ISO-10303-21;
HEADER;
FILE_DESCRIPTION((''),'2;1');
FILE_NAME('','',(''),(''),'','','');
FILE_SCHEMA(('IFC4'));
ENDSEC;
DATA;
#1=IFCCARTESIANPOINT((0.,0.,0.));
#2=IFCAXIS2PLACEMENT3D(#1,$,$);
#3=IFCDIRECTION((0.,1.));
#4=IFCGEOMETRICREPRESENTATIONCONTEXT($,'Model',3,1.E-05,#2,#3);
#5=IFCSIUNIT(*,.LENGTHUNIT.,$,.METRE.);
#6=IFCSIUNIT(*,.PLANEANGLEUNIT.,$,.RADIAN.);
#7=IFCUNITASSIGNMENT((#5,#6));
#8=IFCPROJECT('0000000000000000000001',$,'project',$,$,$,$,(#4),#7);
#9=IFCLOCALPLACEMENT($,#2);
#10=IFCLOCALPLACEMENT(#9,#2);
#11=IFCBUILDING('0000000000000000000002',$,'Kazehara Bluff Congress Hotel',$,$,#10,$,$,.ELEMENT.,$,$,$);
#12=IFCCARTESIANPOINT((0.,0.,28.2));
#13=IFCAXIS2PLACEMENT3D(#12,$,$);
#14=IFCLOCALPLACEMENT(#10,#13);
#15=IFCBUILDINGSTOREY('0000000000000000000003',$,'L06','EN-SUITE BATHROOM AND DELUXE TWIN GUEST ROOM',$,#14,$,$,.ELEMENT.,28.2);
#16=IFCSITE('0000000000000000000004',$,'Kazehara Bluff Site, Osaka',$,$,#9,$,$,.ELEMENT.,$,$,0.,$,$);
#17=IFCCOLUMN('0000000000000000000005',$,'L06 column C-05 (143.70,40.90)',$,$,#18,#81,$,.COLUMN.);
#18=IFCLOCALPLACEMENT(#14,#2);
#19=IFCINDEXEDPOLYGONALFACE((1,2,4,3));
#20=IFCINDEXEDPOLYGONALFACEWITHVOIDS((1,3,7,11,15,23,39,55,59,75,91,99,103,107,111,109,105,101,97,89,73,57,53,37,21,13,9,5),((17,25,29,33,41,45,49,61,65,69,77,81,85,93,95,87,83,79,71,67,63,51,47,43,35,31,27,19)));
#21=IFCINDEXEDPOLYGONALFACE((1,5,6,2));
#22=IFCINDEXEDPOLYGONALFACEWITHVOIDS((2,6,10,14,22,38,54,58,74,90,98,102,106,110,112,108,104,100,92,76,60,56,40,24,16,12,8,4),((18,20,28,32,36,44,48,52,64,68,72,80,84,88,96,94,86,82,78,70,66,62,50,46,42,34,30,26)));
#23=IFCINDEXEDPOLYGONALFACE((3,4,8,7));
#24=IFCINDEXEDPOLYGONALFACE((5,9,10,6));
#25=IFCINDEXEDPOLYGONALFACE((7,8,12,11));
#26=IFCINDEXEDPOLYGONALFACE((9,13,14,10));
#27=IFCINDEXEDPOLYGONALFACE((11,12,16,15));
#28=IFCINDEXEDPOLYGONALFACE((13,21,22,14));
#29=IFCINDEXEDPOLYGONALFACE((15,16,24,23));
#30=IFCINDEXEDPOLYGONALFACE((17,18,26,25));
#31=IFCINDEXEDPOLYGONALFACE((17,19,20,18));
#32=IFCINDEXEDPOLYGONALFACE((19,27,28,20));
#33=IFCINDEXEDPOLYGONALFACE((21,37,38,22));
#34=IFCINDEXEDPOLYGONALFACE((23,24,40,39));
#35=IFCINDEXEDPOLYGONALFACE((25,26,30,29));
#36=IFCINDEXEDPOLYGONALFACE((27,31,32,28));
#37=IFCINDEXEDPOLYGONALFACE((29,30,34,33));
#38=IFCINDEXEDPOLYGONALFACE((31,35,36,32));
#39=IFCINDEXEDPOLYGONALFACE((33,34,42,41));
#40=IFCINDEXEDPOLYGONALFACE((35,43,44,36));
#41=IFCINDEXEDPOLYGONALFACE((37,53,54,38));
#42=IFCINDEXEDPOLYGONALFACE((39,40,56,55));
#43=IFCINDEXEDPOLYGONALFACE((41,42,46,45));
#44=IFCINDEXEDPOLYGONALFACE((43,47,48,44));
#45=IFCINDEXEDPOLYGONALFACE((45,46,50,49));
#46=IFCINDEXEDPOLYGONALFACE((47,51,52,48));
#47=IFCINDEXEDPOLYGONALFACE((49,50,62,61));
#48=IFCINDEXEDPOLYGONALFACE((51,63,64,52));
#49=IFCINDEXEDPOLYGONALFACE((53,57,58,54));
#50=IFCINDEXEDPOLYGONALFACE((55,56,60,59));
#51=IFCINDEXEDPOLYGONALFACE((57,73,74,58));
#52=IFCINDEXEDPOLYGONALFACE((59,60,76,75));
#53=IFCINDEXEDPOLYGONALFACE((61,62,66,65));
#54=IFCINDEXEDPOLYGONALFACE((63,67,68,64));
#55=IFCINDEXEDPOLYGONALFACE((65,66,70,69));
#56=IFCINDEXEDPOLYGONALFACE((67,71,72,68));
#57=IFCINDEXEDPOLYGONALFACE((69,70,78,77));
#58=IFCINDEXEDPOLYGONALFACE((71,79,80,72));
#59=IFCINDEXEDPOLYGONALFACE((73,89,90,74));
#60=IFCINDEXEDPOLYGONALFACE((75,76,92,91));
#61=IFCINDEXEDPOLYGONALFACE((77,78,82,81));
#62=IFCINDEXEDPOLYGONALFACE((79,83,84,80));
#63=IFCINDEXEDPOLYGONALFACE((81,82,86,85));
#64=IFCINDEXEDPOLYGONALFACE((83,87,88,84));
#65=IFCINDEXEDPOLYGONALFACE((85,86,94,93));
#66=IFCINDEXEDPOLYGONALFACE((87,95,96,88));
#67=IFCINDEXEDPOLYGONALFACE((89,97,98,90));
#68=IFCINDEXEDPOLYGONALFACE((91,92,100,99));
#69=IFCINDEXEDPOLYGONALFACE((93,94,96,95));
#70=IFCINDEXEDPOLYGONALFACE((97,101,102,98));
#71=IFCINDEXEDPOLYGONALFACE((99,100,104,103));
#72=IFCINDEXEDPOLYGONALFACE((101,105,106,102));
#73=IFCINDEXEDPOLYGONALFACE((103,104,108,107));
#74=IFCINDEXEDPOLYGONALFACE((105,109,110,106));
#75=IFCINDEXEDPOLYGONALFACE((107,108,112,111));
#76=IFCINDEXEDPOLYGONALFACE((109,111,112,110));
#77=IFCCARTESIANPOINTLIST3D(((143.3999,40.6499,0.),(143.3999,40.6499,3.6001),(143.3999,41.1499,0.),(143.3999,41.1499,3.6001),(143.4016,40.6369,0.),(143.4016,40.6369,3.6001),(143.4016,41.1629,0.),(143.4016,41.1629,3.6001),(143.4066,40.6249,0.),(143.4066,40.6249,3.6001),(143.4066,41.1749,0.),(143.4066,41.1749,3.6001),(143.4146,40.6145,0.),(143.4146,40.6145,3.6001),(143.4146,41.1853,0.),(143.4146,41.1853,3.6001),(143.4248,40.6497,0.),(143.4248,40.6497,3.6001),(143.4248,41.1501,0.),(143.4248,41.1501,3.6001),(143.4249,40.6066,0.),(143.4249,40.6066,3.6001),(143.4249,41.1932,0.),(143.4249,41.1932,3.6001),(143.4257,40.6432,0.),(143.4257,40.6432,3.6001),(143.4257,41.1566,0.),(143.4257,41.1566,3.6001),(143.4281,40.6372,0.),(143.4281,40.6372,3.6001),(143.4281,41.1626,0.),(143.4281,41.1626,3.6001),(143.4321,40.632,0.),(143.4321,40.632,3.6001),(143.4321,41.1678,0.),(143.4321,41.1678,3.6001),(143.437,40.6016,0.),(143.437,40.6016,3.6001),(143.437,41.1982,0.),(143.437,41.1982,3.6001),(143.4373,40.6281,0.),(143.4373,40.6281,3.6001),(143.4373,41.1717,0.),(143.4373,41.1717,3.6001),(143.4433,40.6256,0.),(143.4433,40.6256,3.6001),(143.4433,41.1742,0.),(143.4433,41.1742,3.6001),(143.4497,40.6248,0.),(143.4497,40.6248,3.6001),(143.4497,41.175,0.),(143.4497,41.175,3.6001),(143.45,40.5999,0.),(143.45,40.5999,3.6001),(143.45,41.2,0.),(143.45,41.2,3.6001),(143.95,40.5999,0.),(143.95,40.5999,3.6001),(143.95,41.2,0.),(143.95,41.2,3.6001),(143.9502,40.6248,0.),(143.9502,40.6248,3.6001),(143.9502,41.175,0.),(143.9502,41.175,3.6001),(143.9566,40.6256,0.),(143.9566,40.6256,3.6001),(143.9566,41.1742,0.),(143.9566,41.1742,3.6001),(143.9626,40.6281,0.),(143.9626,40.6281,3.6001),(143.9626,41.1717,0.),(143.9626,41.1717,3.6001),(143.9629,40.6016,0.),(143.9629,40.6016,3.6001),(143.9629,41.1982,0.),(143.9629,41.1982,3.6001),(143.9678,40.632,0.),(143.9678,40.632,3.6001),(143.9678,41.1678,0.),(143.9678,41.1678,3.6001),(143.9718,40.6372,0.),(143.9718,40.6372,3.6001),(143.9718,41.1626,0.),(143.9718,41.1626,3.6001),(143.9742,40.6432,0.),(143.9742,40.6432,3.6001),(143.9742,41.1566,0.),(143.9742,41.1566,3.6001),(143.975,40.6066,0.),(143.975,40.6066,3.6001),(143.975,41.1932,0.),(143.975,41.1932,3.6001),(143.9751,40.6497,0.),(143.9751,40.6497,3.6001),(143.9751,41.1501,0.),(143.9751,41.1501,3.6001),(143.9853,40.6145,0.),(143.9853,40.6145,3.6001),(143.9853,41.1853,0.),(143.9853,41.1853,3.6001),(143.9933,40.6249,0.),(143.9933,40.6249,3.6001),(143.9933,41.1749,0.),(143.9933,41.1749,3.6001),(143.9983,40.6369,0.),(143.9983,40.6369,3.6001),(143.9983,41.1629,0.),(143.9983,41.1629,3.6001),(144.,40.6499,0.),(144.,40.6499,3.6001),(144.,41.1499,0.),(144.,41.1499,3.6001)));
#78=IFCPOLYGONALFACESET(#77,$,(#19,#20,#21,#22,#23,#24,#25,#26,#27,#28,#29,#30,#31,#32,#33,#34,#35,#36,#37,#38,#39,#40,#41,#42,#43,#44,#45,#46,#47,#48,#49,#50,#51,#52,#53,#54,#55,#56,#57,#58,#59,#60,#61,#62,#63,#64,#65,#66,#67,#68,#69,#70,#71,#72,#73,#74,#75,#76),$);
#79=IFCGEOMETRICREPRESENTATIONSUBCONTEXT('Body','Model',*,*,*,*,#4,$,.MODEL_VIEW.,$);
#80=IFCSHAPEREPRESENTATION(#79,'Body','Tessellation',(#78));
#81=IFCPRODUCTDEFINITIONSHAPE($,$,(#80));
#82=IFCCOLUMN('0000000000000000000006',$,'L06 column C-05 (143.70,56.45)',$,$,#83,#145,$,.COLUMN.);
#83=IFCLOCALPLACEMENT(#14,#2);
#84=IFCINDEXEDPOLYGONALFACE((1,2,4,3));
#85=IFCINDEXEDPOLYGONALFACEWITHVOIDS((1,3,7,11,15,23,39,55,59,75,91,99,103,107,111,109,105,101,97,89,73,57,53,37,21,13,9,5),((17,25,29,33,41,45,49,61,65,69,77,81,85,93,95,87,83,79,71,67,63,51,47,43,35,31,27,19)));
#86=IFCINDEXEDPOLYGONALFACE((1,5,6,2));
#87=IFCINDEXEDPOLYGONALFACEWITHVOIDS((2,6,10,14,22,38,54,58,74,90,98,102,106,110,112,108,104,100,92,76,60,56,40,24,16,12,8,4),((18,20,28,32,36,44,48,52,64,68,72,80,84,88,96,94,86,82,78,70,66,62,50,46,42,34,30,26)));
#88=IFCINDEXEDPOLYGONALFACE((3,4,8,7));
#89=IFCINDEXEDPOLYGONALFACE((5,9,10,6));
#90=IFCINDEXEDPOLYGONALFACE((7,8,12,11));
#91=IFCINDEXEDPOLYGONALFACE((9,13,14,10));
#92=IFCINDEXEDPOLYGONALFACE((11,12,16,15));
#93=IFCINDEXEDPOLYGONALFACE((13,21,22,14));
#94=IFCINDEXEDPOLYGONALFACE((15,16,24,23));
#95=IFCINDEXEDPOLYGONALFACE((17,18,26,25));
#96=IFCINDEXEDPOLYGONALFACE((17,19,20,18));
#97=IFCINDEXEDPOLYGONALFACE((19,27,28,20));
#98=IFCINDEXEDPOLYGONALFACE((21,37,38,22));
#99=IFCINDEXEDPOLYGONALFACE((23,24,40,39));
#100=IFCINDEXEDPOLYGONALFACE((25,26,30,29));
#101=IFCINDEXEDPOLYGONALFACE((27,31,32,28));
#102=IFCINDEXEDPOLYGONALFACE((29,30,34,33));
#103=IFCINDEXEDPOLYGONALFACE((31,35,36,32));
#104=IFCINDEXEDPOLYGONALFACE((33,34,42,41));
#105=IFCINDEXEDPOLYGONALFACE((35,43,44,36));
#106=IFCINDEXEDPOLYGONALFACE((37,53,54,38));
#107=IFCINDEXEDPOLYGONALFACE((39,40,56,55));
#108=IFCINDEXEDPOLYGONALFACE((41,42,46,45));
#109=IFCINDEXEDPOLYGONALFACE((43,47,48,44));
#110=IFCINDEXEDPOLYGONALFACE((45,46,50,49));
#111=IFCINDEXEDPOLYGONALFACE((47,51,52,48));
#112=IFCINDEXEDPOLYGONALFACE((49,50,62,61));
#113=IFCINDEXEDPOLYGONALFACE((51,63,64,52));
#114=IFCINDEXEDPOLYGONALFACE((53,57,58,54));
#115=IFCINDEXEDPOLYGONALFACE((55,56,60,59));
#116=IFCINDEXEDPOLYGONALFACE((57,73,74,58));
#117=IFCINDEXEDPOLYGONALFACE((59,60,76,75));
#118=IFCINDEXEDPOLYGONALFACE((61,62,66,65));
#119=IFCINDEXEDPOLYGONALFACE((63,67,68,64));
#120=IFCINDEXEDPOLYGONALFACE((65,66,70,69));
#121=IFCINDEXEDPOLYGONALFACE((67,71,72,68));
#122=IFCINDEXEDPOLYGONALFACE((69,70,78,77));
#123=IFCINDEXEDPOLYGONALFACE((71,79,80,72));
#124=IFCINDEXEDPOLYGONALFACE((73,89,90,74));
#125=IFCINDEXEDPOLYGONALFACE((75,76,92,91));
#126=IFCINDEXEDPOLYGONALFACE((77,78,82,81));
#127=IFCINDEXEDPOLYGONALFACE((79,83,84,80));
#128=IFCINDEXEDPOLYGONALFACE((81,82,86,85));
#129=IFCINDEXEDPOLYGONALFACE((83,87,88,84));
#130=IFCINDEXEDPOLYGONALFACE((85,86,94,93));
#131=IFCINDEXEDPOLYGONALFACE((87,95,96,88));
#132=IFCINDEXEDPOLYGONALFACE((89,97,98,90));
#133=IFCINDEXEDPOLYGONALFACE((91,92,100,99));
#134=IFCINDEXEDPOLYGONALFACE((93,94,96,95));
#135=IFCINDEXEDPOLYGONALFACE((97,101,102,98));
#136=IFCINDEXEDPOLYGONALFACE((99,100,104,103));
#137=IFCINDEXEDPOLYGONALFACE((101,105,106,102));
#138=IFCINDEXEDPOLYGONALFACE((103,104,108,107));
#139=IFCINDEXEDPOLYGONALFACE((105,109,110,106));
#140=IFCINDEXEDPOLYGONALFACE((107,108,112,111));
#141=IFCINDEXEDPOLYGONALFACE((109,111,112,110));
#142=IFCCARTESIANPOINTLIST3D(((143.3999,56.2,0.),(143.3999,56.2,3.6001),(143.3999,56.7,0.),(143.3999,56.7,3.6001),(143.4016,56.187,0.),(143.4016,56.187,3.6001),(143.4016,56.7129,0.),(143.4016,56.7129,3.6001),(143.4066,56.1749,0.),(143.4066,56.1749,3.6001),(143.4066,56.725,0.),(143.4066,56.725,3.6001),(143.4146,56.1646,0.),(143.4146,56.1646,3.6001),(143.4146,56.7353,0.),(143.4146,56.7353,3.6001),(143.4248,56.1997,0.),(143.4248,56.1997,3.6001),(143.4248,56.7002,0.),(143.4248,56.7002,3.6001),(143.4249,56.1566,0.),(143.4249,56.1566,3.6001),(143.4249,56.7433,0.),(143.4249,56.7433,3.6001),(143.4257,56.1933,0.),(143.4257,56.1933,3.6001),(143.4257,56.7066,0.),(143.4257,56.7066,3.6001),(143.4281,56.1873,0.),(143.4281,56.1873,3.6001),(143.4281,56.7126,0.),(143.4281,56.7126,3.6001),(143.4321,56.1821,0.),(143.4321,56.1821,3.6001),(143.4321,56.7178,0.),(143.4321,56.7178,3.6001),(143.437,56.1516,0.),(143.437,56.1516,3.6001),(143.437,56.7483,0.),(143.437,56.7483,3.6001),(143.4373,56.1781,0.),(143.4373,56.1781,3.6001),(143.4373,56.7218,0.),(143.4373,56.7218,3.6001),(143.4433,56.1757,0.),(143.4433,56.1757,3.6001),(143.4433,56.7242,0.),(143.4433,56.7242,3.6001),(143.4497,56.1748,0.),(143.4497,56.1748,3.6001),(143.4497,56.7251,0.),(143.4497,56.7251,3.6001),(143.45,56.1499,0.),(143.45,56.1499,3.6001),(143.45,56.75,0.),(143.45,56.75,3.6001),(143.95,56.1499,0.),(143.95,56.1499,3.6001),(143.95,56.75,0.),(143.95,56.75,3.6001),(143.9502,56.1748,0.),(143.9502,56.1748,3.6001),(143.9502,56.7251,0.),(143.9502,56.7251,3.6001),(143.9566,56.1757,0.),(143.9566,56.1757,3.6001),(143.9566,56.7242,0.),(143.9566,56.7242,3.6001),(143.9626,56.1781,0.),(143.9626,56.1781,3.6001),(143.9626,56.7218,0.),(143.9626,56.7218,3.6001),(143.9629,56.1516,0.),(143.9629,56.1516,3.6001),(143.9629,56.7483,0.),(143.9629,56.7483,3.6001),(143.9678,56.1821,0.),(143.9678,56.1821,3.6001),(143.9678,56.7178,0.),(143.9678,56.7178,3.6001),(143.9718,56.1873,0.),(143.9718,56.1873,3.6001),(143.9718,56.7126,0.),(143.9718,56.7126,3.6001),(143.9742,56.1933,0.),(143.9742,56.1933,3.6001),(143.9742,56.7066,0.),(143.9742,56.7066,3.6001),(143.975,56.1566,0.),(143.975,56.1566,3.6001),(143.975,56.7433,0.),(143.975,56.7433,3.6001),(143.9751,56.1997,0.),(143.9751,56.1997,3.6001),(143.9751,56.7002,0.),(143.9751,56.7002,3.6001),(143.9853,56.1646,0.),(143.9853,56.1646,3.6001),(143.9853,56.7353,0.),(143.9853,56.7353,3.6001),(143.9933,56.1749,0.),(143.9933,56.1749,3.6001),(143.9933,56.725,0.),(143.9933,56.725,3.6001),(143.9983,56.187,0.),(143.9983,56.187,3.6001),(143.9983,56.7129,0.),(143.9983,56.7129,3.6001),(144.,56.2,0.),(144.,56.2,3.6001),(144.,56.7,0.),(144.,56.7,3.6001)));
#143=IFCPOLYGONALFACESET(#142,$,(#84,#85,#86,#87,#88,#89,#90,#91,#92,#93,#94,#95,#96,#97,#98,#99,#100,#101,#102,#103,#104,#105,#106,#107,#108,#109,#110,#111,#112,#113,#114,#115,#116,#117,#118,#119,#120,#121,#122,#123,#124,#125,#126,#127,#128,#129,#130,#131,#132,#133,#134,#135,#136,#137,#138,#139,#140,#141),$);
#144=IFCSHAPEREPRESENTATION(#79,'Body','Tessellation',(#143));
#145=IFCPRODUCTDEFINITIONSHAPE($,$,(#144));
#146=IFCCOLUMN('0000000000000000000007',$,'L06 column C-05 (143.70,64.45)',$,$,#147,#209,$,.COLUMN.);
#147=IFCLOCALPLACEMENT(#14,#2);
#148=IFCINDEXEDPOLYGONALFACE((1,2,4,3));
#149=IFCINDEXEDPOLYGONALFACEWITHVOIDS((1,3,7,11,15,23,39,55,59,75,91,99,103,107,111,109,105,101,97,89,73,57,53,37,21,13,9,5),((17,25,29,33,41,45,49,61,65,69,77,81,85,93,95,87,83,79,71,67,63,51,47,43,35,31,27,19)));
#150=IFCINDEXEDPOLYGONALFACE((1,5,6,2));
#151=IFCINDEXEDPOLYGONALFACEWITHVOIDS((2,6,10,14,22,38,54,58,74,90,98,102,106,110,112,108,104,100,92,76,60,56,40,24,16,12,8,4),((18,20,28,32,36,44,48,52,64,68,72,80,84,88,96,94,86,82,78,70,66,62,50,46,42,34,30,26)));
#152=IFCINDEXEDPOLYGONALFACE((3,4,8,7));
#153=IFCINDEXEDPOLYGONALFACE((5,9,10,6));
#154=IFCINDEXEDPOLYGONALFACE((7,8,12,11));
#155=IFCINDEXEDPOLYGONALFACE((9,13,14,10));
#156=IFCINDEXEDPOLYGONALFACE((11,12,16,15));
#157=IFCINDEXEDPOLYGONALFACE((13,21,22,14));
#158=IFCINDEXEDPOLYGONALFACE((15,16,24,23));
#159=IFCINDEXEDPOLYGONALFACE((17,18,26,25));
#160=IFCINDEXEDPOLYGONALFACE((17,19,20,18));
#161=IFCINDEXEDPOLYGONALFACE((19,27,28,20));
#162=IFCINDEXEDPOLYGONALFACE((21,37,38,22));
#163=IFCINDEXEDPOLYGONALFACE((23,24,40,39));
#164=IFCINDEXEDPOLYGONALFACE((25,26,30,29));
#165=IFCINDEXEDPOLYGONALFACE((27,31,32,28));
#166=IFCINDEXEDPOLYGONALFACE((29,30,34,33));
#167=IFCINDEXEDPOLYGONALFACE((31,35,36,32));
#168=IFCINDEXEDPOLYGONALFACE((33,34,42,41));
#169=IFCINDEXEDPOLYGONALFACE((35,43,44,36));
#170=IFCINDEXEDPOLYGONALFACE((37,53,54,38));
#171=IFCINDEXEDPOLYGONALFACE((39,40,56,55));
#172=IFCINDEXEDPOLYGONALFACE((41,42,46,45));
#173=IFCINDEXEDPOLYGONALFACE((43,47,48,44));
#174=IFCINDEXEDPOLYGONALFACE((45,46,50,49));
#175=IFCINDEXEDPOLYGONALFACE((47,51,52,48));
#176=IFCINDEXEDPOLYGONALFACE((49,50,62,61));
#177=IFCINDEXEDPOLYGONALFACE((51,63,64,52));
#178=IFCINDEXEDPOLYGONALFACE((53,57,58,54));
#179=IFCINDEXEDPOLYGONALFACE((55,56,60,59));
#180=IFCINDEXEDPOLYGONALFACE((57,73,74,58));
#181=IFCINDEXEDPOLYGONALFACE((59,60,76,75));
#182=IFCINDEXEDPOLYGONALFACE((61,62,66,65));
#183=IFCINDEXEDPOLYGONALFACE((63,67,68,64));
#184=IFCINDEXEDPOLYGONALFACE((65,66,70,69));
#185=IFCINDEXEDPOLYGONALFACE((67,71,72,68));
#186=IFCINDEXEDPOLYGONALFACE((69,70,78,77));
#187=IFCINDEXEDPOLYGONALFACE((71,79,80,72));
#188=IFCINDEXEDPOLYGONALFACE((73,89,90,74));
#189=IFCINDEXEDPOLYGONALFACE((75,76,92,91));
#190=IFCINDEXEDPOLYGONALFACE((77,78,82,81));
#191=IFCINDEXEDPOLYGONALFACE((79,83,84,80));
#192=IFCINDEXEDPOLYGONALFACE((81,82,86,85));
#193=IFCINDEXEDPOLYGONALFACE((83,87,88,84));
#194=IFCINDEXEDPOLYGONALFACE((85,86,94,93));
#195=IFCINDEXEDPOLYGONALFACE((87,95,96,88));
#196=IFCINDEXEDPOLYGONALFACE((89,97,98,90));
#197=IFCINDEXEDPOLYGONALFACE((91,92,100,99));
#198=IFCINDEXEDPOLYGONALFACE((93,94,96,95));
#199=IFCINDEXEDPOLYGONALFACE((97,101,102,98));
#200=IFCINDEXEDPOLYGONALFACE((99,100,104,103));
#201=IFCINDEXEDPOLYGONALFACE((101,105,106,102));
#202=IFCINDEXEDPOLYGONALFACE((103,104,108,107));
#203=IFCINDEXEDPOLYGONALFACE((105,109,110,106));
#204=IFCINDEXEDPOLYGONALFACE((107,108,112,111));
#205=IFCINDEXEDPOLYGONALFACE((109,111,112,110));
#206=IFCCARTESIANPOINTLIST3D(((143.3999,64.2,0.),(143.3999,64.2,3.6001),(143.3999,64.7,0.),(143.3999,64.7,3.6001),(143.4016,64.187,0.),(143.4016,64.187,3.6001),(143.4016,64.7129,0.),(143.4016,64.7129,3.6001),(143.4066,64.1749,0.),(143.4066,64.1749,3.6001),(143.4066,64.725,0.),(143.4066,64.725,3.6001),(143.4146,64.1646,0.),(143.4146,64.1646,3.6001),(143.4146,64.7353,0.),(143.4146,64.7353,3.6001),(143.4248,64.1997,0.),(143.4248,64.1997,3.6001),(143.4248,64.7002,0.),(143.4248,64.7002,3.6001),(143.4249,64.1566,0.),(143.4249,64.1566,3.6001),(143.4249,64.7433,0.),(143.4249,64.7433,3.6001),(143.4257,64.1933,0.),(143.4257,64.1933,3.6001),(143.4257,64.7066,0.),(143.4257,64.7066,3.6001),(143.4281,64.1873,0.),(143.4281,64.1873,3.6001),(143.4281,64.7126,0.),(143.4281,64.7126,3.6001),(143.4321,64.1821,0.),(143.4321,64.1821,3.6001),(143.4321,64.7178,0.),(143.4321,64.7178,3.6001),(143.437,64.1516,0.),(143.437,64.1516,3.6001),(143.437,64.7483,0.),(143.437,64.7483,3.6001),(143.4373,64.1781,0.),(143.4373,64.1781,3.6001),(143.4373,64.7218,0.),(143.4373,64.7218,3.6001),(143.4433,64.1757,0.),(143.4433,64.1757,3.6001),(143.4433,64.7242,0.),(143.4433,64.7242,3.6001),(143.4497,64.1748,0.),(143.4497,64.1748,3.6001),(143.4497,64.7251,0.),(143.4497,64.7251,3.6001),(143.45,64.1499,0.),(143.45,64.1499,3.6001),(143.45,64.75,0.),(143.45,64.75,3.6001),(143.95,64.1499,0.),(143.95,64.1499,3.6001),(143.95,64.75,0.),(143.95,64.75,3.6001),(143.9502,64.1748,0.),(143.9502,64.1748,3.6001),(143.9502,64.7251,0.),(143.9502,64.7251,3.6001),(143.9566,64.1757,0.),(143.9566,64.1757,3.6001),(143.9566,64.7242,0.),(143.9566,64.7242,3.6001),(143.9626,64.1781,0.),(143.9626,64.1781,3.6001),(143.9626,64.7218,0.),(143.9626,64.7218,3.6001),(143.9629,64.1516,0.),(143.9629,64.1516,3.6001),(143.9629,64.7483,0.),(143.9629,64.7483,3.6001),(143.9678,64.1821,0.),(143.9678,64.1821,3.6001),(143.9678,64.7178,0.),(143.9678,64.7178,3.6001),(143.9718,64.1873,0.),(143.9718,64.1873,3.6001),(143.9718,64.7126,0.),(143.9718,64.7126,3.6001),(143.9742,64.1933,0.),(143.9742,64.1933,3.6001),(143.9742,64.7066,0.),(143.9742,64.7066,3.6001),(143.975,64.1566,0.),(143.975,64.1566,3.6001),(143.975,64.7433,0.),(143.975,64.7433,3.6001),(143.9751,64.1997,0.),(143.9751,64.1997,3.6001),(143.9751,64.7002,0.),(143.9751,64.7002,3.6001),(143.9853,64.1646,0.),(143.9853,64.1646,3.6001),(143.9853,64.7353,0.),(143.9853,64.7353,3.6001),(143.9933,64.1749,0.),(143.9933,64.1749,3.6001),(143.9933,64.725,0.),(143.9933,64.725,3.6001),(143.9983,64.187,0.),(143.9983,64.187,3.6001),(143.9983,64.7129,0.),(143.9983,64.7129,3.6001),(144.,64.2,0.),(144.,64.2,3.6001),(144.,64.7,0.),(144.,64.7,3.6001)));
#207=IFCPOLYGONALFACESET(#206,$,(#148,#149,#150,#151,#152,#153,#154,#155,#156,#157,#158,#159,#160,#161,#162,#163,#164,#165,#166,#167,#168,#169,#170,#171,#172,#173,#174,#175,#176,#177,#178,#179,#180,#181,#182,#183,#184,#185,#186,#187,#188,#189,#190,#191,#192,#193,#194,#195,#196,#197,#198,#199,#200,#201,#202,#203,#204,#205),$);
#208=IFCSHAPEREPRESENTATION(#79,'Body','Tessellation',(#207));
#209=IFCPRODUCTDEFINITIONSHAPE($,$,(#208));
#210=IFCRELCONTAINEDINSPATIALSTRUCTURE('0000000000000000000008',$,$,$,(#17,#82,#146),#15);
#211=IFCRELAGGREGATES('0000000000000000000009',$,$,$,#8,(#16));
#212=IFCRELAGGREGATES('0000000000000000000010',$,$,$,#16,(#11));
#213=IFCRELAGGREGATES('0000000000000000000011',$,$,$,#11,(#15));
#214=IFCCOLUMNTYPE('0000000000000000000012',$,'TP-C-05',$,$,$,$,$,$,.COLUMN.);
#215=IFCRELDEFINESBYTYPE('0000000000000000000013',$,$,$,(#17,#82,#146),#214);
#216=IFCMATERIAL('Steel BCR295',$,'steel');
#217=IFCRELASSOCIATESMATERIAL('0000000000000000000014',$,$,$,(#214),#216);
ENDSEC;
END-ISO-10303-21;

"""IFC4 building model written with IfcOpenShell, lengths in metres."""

from ifc_helpers import new_model, si_unit, direction, frame, origin, origin_2d, place, context, subcontext, project, spatial, hollow_rectangle, extrude, material, material_profile, profile_set, type_object, element, save


model = new_model("IFC4")

# Units and contexts
model_context = context("Model", 3, precision=1e-05, world=origin(), true_north=direction((0.0, 1.0)))
body_context = subcontext(model_context, "Body", "Model", "MODEL_VIEW")
ifc_project = project(units=[si_unit("LENGTHUNIT", "METRE"), si_unit("PLANEANGLEUNIT", "RADIAN")], contexts=[model_context])

# Site, building, storey
site_placement = place(None, origin())
site = spatial("IfcSite", under=ifc_project, at=site_placement, Name="Kazehara Bluff Site, Osaka", CompositionType="ELEMENT", RefElevation=0.0)
building_placement = place(site_placement, origin())
building = spatial("IfcBuilding", under=site, at=building_placement, Name="Kazehara Bluff Congress Hotel", CompositionType="ELEMENT")
storey_placement = place(building_placement, frame((0.0, 0.0, 28.2)))
storey = spatial("IfcBuildingStorey", under=building, at=storey_placement, Name="L06", Description="EN-SUITE BATHROOM AND DELUXE TWIN GUEST ROOM", CompositionType="ELEMENT", Elevation=28.2)

# Columns
ifc_material_1 = material(Name="Steel BCR295", Category="steel")
ifc_material_profile_1 = material_profile(ifc_material_1, hollow_rectangle(XDim=0.6001, YDim=0.6001, WallThickness=0.0249, InnerFilletRadius=0.0249, OuterFilletRadius=0.05, at=origin_2d()))
ifc_profile_set_1 = profile_set([ifc_material_profile_1], Name="Steel BCR295")
column_type = type_object("IfcColumnType", Name="TP-C-05", PredefinedType="COLUMN", material=ifc_profile_set_1)
for number, where, z_axis, x_axis, name in (
    (1, (143.7, 40.8999, 0.0), (0.0, 0.0, 1.0), (1.0, 0.0, 0.0), "L06 column C-05 (143.70,40.90)"),
    (2, (143.7, 56.45, 0.0), (0.0, 0.0, 1.0), (1.0, 0.0, 0.0), "L06 column C-05 (143.70,56.45)"),
    (3, (143.7, 64.45, 0.0), (0.0, 0.0, 1.0), (1.0, 0.0, 0.0), "L06 column C-05 (143.70,64.45)"),
):
    element("IfcColumn", number, at=place(storey_placement, frame(where, z_axis=z_axis, x_axis=x_axis)), inside=storey, type_object=column_type, Name=name, PredefinedType="COLUMN", context=body_context, shape_type="SweptSolid", body=[
        extrude(hollow_rectangle(XDim=0.6001, YDim=0.6001, WallThickness=0.0249, InnerFilletRadius=0.0249, OuterFilletRadius=0.05, at=origin_2d()), origin(), (0.0, 0.0, 1.0), 3.6001),
    ])

save(model, "model.ifc")
